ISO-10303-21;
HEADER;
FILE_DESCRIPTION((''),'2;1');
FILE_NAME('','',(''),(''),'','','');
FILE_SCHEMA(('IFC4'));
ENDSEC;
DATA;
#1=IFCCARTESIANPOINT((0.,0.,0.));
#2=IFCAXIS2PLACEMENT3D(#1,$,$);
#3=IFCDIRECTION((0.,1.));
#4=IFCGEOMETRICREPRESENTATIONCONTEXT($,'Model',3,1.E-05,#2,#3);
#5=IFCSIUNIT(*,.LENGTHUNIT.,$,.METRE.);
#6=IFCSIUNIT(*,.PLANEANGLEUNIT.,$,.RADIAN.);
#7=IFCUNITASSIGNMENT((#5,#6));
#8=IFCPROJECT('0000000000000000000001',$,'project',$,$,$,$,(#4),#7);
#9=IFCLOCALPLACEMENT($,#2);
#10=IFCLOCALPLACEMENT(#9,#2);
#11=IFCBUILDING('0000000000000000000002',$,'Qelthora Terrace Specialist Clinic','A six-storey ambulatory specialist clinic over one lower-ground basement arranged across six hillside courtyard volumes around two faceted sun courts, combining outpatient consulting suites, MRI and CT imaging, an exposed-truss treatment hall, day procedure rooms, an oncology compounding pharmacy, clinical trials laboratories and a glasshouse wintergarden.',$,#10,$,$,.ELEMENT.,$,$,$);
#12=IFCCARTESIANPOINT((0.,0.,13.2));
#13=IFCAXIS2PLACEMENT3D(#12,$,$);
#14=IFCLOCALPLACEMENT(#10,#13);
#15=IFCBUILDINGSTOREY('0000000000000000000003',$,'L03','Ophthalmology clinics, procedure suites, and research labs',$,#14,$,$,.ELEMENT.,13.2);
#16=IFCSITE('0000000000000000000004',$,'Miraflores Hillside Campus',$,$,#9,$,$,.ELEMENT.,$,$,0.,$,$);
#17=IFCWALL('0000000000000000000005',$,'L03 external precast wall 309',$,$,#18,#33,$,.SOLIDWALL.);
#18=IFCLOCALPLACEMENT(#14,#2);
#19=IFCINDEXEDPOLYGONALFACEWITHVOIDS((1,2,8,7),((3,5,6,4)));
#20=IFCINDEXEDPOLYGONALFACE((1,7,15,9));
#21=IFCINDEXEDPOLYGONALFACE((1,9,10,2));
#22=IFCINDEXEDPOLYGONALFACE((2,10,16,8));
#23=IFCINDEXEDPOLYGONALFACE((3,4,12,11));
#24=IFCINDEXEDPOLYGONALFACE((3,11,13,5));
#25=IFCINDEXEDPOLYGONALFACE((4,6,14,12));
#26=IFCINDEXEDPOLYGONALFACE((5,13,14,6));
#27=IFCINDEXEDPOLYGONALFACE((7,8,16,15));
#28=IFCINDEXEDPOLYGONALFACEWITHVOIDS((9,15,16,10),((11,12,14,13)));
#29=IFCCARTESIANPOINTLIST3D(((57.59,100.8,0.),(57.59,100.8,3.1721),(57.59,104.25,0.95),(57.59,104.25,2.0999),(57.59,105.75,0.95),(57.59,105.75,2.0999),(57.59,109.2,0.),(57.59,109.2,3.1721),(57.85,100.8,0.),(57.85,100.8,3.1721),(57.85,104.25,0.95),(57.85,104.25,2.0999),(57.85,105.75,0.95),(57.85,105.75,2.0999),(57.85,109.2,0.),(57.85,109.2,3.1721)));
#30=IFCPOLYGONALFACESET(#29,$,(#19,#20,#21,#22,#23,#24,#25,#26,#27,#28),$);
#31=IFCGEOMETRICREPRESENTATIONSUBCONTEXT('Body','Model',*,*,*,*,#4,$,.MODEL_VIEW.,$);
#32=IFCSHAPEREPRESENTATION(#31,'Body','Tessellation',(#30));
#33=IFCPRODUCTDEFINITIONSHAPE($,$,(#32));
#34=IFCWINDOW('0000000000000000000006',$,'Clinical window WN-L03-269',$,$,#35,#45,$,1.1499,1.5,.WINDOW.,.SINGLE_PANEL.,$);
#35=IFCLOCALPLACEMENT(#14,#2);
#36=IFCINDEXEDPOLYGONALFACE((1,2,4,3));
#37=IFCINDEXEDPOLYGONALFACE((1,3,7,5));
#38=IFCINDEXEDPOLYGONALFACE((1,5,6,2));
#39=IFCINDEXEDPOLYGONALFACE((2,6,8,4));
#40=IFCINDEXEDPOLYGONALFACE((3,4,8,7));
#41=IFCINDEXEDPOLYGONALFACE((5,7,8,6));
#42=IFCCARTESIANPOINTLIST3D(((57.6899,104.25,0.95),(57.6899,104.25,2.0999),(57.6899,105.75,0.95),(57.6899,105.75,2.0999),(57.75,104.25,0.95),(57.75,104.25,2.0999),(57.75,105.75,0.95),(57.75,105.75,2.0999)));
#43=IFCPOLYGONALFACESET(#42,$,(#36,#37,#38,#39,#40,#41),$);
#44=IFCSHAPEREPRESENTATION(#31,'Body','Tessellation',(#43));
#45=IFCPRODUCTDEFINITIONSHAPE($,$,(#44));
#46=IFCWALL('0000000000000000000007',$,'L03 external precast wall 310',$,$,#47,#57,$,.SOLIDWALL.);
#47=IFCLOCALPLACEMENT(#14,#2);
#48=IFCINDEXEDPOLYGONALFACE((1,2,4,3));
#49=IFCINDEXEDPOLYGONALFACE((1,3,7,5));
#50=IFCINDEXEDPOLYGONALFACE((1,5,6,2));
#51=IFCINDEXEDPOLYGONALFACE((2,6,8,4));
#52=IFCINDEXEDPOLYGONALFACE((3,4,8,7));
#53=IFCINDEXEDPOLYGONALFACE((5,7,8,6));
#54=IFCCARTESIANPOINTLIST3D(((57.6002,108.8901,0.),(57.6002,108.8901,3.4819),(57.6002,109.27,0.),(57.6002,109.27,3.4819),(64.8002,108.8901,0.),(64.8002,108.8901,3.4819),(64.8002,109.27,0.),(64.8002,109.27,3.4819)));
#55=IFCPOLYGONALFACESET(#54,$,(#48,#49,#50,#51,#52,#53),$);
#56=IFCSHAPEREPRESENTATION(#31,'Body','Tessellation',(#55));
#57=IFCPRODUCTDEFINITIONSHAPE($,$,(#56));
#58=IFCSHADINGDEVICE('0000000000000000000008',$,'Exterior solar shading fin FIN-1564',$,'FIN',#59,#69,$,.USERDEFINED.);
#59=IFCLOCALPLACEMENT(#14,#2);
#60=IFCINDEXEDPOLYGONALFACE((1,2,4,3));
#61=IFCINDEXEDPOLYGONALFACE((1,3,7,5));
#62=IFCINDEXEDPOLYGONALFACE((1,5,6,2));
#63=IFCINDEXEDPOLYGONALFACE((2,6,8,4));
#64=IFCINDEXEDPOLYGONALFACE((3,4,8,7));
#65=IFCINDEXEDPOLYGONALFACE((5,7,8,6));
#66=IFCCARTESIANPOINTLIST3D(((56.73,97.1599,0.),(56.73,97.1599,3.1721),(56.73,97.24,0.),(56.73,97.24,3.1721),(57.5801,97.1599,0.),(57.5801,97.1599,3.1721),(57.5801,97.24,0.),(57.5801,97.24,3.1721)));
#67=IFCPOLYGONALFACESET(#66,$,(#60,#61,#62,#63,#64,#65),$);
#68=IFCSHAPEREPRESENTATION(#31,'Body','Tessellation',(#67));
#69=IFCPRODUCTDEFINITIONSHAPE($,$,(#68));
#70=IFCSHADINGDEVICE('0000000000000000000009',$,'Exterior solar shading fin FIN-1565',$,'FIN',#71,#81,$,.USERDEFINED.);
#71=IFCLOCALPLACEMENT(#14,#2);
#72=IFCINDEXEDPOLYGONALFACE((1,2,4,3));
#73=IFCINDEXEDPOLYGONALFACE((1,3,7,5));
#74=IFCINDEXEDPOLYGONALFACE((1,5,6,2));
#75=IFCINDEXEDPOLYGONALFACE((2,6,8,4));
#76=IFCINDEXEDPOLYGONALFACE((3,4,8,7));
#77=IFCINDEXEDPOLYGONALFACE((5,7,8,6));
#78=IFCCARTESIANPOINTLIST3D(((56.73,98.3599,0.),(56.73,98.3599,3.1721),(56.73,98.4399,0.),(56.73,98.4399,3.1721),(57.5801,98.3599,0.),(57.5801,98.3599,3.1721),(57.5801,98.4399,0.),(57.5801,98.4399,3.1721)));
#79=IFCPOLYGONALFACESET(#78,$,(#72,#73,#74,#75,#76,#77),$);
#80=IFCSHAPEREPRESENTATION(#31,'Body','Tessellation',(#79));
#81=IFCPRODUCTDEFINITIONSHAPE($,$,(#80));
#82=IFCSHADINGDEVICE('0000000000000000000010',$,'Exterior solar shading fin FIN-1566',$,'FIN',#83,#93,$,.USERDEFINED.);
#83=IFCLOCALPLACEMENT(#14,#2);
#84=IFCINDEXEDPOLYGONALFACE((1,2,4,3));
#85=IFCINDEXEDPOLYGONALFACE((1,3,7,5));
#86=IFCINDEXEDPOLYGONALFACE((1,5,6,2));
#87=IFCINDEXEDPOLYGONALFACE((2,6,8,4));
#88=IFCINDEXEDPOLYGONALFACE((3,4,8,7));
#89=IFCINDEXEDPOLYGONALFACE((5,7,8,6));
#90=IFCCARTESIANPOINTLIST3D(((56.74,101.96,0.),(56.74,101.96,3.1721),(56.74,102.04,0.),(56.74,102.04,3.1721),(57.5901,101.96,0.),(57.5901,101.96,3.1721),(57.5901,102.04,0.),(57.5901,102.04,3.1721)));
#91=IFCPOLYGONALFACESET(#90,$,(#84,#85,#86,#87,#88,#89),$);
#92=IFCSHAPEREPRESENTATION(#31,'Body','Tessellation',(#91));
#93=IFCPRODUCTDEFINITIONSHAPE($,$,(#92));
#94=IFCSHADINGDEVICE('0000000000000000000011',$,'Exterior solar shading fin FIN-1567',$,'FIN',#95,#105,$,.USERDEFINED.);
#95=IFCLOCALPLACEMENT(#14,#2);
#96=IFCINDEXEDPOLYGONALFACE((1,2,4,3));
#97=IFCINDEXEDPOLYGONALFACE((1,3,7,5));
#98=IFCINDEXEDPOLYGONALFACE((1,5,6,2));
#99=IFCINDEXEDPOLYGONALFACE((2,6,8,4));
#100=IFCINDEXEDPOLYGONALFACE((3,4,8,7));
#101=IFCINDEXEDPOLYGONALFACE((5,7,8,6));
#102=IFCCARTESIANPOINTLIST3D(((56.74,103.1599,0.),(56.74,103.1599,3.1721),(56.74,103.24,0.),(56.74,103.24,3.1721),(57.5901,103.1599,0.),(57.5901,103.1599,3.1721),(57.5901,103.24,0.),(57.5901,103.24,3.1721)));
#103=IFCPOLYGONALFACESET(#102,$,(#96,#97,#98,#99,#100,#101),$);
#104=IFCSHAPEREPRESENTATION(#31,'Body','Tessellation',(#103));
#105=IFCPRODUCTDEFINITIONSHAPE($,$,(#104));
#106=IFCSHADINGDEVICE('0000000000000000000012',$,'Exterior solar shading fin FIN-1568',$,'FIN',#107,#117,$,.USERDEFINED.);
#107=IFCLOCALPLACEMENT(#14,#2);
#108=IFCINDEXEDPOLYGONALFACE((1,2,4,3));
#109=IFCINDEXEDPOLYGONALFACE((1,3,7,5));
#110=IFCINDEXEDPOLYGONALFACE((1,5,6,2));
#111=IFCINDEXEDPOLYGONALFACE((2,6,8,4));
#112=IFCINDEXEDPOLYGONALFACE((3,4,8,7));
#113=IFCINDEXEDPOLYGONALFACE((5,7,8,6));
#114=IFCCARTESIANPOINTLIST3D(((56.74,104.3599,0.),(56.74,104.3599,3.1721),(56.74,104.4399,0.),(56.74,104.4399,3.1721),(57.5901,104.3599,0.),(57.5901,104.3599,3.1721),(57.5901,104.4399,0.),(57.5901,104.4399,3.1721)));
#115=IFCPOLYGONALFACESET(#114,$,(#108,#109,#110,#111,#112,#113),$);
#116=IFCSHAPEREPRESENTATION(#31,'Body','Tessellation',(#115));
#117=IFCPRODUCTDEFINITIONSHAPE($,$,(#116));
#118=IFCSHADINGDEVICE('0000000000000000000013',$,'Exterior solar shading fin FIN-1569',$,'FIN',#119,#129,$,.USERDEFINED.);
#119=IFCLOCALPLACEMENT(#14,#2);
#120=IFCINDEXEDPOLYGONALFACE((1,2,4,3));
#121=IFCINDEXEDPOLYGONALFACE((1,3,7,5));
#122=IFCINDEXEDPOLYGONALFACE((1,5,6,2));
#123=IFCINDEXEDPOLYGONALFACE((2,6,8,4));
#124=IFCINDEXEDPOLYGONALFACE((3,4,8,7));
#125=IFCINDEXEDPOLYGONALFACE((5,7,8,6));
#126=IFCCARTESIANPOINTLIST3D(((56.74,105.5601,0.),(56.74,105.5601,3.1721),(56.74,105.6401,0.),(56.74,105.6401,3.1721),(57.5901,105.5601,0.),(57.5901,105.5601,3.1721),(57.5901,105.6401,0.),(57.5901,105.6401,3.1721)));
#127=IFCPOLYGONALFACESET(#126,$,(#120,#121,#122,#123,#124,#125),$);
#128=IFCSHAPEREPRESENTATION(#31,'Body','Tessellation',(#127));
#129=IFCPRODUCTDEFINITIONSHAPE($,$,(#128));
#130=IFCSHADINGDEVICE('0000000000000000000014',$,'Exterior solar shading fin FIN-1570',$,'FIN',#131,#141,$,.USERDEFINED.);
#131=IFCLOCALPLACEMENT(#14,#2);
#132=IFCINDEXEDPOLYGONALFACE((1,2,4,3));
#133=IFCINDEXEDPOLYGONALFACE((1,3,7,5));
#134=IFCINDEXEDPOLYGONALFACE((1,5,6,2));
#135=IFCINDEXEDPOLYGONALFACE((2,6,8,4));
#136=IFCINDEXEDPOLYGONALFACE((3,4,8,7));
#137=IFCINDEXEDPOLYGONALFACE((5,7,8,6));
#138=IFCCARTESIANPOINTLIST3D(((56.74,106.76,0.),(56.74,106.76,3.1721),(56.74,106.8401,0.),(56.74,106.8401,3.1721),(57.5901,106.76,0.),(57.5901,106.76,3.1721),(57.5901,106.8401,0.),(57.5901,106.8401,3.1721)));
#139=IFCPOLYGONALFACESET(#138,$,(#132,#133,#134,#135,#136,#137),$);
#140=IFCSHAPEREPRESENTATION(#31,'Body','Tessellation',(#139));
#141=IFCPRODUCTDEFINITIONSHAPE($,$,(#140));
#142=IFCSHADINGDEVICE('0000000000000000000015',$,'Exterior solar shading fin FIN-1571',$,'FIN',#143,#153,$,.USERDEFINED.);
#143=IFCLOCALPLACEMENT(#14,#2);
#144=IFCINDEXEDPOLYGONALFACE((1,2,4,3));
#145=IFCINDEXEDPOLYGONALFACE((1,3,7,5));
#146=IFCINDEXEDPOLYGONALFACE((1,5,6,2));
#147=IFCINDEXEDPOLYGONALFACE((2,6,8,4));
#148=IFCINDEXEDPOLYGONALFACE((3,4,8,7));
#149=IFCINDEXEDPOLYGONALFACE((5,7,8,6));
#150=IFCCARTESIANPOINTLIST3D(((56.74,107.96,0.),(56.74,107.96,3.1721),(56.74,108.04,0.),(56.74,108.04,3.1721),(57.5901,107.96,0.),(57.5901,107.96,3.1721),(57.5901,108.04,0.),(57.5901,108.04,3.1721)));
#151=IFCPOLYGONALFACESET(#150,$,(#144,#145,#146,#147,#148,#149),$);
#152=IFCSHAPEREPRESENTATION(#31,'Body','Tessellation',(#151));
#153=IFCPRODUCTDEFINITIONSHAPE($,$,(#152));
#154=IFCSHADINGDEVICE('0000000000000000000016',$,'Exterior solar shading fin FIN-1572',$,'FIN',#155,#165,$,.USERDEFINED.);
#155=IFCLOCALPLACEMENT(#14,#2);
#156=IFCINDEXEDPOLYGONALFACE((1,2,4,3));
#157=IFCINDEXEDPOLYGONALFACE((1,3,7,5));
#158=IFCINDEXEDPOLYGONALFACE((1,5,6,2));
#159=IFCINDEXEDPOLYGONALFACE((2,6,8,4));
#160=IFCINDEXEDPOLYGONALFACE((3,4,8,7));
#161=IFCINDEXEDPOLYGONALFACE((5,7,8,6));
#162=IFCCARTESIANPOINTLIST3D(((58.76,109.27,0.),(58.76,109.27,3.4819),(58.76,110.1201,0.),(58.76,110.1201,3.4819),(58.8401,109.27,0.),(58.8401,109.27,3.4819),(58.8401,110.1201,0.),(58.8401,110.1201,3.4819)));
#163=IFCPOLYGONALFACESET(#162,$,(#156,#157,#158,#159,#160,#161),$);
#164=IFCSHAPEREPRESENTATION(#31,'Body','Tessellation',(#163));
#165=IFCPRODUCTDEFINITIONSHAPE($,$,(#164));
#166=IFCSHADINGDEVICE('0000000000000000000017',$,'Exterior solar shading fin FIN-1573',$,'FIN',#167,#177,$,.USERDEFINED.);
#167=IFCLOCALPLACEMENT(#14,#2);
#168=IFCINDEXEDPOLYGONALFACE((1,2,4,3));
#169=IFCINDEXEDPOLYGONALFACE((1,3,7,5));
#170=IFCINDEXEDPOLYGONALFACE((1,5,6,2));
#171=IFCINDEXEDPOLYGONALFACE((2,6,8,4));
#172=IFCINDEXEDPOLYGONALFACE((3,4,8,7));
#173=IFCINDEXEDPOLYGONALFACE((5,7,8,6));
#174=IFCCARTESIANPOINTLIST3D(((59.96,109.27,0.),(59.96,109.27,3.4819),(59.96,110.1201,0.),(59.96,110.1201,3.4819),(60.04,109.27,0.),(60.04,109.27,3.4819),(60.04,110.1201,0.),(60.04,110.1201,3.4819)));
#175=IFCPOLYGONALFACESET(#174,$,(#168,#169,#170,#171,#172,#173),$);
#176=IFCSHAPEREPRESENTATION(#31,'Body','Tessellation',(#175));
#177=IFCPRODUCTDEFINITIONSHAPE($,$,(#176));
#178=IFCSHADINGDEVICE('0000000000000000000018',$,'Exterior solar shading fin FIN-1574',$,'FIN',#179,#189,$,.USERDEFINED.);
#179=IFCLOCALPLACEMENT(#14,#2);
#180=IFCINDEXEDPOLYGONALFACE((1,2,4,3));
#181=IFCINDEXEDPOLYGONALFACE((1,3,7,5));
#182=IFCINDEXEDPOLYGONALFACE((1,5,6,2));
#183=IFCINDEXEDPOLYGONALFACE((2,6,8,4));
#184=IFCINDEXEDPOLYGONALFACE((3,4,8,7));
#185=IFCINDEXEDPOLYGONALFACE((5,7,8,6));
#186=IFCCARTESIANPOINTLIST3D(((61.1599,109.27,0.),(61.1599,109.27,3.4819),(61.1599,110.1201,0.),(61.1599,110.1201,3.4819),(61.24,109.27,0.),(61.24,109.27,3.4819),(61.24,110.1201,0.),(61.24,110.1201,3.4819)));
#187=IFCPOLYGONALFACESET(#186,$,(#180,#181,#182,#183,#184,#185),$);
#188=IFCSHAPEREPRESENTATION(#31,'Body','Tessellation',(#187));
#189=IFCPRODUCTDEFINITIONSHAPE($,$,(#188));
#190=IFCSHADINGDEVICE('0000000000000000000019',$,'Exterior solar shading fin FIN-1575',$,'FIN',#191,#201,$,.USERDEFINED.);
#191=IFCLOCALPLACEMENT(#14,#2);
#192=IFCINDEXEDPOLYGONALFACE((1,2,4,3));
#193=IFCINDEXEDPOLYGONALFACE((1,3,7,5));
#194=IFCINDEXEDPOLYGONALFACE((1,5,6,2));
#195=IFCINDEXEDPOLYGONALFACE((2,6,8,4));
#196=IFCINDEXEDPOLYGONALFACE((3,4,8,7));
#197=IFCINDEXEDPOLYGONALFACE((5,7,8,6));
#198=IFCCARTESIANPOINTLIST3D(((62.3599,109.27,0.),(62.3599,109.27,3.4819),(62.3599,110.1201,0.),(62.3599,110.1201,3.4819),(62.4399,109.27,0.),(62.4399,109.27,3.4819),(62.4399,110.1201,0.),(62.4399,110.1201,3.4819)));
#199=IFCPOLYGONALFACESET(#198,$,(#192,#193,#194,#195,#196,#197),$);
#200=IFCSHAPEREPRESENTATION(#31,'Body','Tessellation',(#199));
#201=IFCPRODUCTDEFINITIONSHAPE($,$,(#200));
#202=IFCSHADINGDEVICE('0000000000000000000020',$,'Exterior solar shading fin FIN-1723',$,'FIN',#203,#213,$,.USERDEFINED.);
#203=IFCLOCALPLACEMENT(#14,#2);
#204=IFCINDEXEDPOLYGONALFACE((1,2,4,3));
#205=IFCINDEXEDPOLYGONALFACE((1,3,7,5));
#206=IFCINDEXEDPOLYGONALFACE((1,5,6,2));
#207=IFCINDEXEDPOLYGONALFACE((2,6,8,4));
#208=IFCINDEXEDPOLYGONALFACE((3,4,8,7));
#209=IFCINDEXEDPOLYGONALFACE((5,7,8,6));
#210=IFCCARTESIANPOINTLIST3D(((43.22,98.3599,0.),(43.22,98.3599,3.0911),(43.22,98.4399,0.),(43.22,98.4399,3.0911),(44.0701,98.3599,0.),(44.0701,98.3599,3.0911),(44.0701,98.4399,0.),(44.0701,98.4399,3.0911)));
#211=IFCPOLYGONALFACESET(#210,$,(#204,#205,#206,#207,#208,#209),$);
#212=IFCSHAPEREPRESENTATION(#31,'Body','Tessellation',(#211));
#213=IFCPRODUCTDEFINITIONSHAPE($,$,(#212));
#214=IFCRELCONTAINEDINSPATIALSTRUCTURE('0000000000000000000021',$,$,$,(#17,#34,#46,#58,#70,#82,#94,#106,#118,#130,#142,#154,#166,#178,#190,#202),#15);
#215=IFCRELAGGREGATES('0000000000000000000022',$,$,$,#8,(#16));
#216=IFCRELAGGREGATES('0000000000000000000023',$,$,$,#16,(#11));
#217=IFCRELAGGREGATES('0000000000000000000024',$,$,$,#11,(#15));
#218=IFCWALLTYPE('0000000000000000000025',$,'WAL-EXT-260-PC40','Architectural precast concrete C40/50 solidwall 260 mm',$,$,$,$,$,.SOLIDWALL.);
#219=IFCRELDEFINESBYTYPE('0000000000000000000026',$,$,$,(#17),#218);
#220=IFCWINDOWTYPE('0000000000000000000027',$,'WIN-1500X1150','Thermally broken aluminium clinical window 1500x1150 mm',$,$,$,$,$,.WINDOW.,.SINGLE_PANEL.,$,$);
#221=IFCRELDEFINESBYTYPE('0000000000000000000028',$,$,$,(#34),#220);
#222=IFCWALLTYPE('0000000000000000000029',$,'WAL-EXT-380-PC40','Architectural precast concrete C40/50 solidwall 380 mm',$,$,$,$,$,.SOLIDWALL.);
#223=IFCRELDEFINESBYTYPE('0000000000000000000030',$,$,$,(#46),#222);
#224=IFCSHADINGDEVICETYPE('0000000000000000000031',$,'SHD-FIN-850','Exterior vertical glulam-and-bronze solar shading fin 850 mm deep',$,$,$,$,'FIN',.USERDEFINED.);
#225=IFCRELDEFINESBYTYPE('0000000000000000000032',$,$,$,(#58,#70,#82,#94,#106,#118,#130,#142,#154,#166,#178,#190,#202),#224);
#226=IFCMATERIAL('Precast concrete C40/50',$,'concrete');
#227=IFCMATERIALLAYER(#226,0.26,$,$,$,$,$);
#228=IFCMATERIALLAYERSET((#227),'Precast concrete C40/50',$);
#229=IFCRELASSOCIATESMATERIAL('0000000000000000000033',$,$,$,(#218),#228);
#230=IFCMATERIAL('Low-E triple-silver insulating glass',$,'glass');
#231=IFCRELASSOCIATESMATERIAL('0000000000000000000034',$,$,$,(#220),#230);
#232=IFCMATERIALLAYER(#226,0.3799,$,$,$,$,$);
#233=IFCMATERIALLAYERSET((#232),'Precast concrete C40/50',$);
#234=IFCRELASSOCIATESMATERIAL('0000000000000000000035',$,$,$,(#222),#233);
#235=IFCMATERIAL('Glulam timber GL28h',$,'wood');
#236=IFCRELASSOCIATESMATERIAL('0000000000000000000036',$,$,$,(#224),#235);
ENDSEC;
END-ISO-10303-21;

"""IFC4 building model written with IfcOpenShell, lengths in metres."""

from ifc_helpers import new_model, si_unit, direction, frame, frame_2d, origin, origin_2d, place, context, subcontext, project, spatial, rectangle, extrude, material, layer, layer_set, type_object, element, fill, save


model = new_model("IFC4")

# Units and contexts
model_context = context("Model", 3, precision=1e-05, world=origin(), true_north=direction((0.0, 1.0)))
body_context = subcontext(model_context, "Body", "Model", "MODEL_VIEW")
ifc_project = project(units=[si_unit("LENGTHUNIT", "METRE"), si_unit("PLANEANGLEUNIT", "RADIAN")], contexts=[model_context])

# Site, building, storey
site_placement = place(None, origin())
site = spatial("IfcSite", under=ifc_project, at=site_placement, Name="Miraflores Hillside Campus", CompositionType="ELEMENT", RefElevation=0.0)
building_placement = place(site_placement, origin())
building = spatial("IfcBuilding", under=site, at=building_placement, Name="Qelthora Terrace Specialist Clinic", Description="A six-storey ambulatory specialist clinic over one lower-ground basement arranged across six hillside courtyard volumes around two faceted sun courts, combining outpatient consulting suites, MRI and CT imaging, an exposed-truss treatment hall, day procedure rooms, an oncology compounding pharmacy, clinical trials laboratories and a glasshouse wintergarden.", CompositionType="ELEMENT")
storey_placement = place(building_placement, frame((0.0, 0.0, 13.2)))
storey = spatial("IfcBuildingStorey", under=building, at=storey_placement, Name="L03", Description="Ophthalmology clinics, procedure suites, and research labs", CompositionType="ELEMENT", Elevation=13.2)

# Wall, opening, window
ifc_material_1 = material(Name="Precast concrete C40/50", Category="concrete")
ifc_layer_1 = layer(ifc_material_1, 0.26)
ifc_layer_set_1 = layer_set([ifc_layer_1], Name="Precast concrete C40/50")
wall_type_1 = type_object("IfcWallType", Name="WAL-EXT-260-PC40", Description="Architectural precast concrete C40/50 solidwall 260 mm", PredefinedType="SOLIDWALL", material=ifc_layer_set_1)
wall_1_placement = place(storey_placement, frame((57.72, 100.8, 0.0), z_axis=(0.0, 0.0, 1.0), x_axis=(0.0, 1.0, 0.0)))
wall_1 = element("IfcWall", 1, at=wall_1_placement, inside=storey, type_object=wall_type_1, Name="L03 external precast wall 309", PredefinedType="SOLIDWALL", context=body_context, shape_type="SweptSolid", body=[
    extrude(rectangle(XDim=8.3999, YDim=0.26, at=frame_2d((4.2, 0.0))), origin(), (0.0, 0.0, 1.0), 3.1721),
])
opening_placement = place(wall_1_placement, frame((3.45, 0.0, 0.95)))
opening = element("IfcOpeningElement", 2, at=opening_placement, cuts=wall_1, PredefinedType="OPENING", context=body_context, shape_type="SweptSolid", body=[
    extrude(rectangle(XDim=1.5, YDim=1.1499, at=frame_2d((0.75, 0.575))), frame((0.0, 0.1399, 0.0), z_axis=(0.0, -1.0, 0.0), x_axis=(1.0, 0.0, 0.0)), (0.0, 0.0, 1.0), 0.28),
])
ifc_material_2 = material(Name="Low-E triple-silver insulating glass", Category="glass")
window_type = type_object("IfcWindowType", Name="WIN-1500X1150", Description="Thermally broken aluminium clinical window 1500x1150 mm", PartitioningType="SINGLE_PANEL", PredefinedType="WINDOW", material=ifc_material_2)
window_placement = place(opening_placement, origin())
window = element("IfcWindow", 3, at=window_placement, inside=storey, type_object=window_type, Name="Clinical window WN-L03-269", OverallHeight=1.1499, OverallWidth=1.5, PartitioningType="SINGLE_PANEL", PredefinedType="WINDOW", context=body_context, shape_type="SweptSolid", body=[
    extrude(rectangle(XDim=1.5, YDim=1.1499, at=frame_2d((0.75, 0.575))), frame((0.0, 0.03, 0.0), z_axis=(0.0, -1.0, 0.0), x_axis=(1.0, 0.0, 0.0)), (0.0, 0.0, 1.0), 0.0601),
])
fill(opening, window)

# Wall
ifc_layer_2 = layer(ifc_material_1, 0.3799)
ifc_layer_set_2 = layer_set([ifc_layer_2], Name="Precast concrete C40/50")
wall_type_2 = type_object("IfcWallType", Name="WAL-EXT-380-PC40", Description="Architectural precast concrete C40/50 solidwall 380 mm", PredefinedType="SOLIDWALL", material=ifc_layer_set_2)
wall_2_placement = place(storey_placement, frame((57.6001, 109.0801, 0.0), z_axis=(0.0, 0.0, 1.0), x_axis=(1.0, 0.0, 0.0)))
element("IfcWall", 4, at=wall_2_placement, inside=storey, type_object=wall_type_2, Name="L03 external precast wall 310", PredefinedType="SOLIDWALL", context=body_context, shape_type="SweptSolid", body=[
    extrude(rectangle(XDim=7.2, YDim=0.3799, at=frame_2d((3.6001, 0.0))), origin(), (0.0, 0.0, 1.0), 3.4819),
])

# Shading devices
ifc_material_3 = material(Name="Glulam timber GL28h", Category="wood")
shading_device_type = type_object("IfcShadingDeviceType", Name="SHD-FIN-850", Description="Exterior vertical glulam-and-bronze solar shading fin 850 mm deep", ElementType="FIN", PredefinedType="USERDEFINED", material=ifc_material_3)
for number, where, z_axis, x_axis, name in (
    (5, (57.155, 97.2, 0.0), (0.0, 0.0, 1.0), (-1.0, 0.0, 0.0), "Exterior solar shading fin FIN-1564"),
    (6, (57.155, 98.3999, 0.0), (0.0, 0.0, 1.0), (-1.0, 0.0, 0.0), "Exterior solar shading fin FIN-1565"),
    (7, (57.165, 102.0, 0.0), (0.0, 0.0, 1.0), (-1.0, 0.0, 0.0), "Exterior solar shading fin FIN-1566"),
    (8, (57.165, 103.2, 0.0), (0.0, 0.0, 1.0), (-1.0, 0.0, 0.0), "Exterior solar shading fin FIN-1567"),
    (9, (57.165, 104.3999, 0.0), (0.0, 0.0, 1.0), (-1.0, 0.0, 0.0), "Exterior solar shading fin FIN-1568"),
    (10, (57.165, 105.6001, 0.0), (0.0, 0.0, 1.0), (-1.0, 0.0, 0.0), "Exterior solar shading fin FIN-1569"),
    (11, (57.165, 106.8, 0.0), (0.0, 0.0, 1.0), (-1.0, 0.0, 0.0), "Exterior solar shading fin FIN-1570"),
    (12, (57.165, 108.0, 0.0), (0.0, 0.0, 1.0), (-1.0, 0.0, 0.0), "Exterior solar shading fin FIN-1571"),
):
    element("IfcShadingDevice", number, at=place(storey_placement, frame(where, z_axis=z_axis, x_axis=x_axis)), inside=storey, type_object=shading_device_type, Name=name, ObjectType="FIN", PredefinedType="USERDEFINED", context=body_context, shape_type="SweptSolid", body=[
        extrude(rectangle(XDim=0.8501, YDim=0.0801, at=origin_2d()), origin(), (0.0, 0.0, 1.0), 3.1721),
    ])
for number, where, z_axis, x_axis, name in (
    (13, (58.8, 109.6951, 0.0), (0.0, 0.0, 1.0), (0.0, 1.0, 0.0), "Exterior solar shading fin FIN-1572"),
    (14, (60.0, 109.6951, 0.0), (0.0, 0.0, 1.0), (0.0, 1.0, 0.0), "Exterior solar shading fin FIN-1573"),
    (15, (61.2, 109.6951, 0.0), (0.0, 0.0, 1.0), (0.0, 1.0, 0.0), "Exterior solar shading fin FIN-1574"),
    (16, (62.3999, 109.6951, 0.0), (0.0, 0.0, 1.0), (0.0, 1.0, 0.0), "Exterior solar shading fin FIN-1575"),
):
    element("IfcShadingDevice", number, at=place(storey_placement, frame(where, z_axis=z_axis, x_axis=x_axis)), inside=storey, type_object=shading_device_type, Name=name, ObjectType="FIN", PredefinedType="USERDEFINED", context=body_context, shape_type="SweptSolid", body=[
        extrude(rectangle(XDim=0.8501, YDim=0.0801, at=origin_2d()), origin(), (0.0, 0.0, 1.0), 3.4819),
    ])
shading_device_placement = place(storey_placement, frame((43.645, 98.3999, 0.0), z_axis=(0.0, 0.0, 1.0), x_axis=(1.0, 0.0, 0.0)))
element("IfcShadingDevice", 17, at=shading_device_placement, inside=storey, type_object=shading_device_type, Name="Exterior solar shading fin FIN-1723", ObjectType="FIN", PredefinedType="USERDEFINED", context=body_context, shape_type="SweptSolid", body=[
    extrude(rectangle(XDim=0.8501, YDim=0.0801, at=origin_2d()), origin(), (0.0, 0.0, 1.0), 3.0911),
])

save(model, "model.ifc")
